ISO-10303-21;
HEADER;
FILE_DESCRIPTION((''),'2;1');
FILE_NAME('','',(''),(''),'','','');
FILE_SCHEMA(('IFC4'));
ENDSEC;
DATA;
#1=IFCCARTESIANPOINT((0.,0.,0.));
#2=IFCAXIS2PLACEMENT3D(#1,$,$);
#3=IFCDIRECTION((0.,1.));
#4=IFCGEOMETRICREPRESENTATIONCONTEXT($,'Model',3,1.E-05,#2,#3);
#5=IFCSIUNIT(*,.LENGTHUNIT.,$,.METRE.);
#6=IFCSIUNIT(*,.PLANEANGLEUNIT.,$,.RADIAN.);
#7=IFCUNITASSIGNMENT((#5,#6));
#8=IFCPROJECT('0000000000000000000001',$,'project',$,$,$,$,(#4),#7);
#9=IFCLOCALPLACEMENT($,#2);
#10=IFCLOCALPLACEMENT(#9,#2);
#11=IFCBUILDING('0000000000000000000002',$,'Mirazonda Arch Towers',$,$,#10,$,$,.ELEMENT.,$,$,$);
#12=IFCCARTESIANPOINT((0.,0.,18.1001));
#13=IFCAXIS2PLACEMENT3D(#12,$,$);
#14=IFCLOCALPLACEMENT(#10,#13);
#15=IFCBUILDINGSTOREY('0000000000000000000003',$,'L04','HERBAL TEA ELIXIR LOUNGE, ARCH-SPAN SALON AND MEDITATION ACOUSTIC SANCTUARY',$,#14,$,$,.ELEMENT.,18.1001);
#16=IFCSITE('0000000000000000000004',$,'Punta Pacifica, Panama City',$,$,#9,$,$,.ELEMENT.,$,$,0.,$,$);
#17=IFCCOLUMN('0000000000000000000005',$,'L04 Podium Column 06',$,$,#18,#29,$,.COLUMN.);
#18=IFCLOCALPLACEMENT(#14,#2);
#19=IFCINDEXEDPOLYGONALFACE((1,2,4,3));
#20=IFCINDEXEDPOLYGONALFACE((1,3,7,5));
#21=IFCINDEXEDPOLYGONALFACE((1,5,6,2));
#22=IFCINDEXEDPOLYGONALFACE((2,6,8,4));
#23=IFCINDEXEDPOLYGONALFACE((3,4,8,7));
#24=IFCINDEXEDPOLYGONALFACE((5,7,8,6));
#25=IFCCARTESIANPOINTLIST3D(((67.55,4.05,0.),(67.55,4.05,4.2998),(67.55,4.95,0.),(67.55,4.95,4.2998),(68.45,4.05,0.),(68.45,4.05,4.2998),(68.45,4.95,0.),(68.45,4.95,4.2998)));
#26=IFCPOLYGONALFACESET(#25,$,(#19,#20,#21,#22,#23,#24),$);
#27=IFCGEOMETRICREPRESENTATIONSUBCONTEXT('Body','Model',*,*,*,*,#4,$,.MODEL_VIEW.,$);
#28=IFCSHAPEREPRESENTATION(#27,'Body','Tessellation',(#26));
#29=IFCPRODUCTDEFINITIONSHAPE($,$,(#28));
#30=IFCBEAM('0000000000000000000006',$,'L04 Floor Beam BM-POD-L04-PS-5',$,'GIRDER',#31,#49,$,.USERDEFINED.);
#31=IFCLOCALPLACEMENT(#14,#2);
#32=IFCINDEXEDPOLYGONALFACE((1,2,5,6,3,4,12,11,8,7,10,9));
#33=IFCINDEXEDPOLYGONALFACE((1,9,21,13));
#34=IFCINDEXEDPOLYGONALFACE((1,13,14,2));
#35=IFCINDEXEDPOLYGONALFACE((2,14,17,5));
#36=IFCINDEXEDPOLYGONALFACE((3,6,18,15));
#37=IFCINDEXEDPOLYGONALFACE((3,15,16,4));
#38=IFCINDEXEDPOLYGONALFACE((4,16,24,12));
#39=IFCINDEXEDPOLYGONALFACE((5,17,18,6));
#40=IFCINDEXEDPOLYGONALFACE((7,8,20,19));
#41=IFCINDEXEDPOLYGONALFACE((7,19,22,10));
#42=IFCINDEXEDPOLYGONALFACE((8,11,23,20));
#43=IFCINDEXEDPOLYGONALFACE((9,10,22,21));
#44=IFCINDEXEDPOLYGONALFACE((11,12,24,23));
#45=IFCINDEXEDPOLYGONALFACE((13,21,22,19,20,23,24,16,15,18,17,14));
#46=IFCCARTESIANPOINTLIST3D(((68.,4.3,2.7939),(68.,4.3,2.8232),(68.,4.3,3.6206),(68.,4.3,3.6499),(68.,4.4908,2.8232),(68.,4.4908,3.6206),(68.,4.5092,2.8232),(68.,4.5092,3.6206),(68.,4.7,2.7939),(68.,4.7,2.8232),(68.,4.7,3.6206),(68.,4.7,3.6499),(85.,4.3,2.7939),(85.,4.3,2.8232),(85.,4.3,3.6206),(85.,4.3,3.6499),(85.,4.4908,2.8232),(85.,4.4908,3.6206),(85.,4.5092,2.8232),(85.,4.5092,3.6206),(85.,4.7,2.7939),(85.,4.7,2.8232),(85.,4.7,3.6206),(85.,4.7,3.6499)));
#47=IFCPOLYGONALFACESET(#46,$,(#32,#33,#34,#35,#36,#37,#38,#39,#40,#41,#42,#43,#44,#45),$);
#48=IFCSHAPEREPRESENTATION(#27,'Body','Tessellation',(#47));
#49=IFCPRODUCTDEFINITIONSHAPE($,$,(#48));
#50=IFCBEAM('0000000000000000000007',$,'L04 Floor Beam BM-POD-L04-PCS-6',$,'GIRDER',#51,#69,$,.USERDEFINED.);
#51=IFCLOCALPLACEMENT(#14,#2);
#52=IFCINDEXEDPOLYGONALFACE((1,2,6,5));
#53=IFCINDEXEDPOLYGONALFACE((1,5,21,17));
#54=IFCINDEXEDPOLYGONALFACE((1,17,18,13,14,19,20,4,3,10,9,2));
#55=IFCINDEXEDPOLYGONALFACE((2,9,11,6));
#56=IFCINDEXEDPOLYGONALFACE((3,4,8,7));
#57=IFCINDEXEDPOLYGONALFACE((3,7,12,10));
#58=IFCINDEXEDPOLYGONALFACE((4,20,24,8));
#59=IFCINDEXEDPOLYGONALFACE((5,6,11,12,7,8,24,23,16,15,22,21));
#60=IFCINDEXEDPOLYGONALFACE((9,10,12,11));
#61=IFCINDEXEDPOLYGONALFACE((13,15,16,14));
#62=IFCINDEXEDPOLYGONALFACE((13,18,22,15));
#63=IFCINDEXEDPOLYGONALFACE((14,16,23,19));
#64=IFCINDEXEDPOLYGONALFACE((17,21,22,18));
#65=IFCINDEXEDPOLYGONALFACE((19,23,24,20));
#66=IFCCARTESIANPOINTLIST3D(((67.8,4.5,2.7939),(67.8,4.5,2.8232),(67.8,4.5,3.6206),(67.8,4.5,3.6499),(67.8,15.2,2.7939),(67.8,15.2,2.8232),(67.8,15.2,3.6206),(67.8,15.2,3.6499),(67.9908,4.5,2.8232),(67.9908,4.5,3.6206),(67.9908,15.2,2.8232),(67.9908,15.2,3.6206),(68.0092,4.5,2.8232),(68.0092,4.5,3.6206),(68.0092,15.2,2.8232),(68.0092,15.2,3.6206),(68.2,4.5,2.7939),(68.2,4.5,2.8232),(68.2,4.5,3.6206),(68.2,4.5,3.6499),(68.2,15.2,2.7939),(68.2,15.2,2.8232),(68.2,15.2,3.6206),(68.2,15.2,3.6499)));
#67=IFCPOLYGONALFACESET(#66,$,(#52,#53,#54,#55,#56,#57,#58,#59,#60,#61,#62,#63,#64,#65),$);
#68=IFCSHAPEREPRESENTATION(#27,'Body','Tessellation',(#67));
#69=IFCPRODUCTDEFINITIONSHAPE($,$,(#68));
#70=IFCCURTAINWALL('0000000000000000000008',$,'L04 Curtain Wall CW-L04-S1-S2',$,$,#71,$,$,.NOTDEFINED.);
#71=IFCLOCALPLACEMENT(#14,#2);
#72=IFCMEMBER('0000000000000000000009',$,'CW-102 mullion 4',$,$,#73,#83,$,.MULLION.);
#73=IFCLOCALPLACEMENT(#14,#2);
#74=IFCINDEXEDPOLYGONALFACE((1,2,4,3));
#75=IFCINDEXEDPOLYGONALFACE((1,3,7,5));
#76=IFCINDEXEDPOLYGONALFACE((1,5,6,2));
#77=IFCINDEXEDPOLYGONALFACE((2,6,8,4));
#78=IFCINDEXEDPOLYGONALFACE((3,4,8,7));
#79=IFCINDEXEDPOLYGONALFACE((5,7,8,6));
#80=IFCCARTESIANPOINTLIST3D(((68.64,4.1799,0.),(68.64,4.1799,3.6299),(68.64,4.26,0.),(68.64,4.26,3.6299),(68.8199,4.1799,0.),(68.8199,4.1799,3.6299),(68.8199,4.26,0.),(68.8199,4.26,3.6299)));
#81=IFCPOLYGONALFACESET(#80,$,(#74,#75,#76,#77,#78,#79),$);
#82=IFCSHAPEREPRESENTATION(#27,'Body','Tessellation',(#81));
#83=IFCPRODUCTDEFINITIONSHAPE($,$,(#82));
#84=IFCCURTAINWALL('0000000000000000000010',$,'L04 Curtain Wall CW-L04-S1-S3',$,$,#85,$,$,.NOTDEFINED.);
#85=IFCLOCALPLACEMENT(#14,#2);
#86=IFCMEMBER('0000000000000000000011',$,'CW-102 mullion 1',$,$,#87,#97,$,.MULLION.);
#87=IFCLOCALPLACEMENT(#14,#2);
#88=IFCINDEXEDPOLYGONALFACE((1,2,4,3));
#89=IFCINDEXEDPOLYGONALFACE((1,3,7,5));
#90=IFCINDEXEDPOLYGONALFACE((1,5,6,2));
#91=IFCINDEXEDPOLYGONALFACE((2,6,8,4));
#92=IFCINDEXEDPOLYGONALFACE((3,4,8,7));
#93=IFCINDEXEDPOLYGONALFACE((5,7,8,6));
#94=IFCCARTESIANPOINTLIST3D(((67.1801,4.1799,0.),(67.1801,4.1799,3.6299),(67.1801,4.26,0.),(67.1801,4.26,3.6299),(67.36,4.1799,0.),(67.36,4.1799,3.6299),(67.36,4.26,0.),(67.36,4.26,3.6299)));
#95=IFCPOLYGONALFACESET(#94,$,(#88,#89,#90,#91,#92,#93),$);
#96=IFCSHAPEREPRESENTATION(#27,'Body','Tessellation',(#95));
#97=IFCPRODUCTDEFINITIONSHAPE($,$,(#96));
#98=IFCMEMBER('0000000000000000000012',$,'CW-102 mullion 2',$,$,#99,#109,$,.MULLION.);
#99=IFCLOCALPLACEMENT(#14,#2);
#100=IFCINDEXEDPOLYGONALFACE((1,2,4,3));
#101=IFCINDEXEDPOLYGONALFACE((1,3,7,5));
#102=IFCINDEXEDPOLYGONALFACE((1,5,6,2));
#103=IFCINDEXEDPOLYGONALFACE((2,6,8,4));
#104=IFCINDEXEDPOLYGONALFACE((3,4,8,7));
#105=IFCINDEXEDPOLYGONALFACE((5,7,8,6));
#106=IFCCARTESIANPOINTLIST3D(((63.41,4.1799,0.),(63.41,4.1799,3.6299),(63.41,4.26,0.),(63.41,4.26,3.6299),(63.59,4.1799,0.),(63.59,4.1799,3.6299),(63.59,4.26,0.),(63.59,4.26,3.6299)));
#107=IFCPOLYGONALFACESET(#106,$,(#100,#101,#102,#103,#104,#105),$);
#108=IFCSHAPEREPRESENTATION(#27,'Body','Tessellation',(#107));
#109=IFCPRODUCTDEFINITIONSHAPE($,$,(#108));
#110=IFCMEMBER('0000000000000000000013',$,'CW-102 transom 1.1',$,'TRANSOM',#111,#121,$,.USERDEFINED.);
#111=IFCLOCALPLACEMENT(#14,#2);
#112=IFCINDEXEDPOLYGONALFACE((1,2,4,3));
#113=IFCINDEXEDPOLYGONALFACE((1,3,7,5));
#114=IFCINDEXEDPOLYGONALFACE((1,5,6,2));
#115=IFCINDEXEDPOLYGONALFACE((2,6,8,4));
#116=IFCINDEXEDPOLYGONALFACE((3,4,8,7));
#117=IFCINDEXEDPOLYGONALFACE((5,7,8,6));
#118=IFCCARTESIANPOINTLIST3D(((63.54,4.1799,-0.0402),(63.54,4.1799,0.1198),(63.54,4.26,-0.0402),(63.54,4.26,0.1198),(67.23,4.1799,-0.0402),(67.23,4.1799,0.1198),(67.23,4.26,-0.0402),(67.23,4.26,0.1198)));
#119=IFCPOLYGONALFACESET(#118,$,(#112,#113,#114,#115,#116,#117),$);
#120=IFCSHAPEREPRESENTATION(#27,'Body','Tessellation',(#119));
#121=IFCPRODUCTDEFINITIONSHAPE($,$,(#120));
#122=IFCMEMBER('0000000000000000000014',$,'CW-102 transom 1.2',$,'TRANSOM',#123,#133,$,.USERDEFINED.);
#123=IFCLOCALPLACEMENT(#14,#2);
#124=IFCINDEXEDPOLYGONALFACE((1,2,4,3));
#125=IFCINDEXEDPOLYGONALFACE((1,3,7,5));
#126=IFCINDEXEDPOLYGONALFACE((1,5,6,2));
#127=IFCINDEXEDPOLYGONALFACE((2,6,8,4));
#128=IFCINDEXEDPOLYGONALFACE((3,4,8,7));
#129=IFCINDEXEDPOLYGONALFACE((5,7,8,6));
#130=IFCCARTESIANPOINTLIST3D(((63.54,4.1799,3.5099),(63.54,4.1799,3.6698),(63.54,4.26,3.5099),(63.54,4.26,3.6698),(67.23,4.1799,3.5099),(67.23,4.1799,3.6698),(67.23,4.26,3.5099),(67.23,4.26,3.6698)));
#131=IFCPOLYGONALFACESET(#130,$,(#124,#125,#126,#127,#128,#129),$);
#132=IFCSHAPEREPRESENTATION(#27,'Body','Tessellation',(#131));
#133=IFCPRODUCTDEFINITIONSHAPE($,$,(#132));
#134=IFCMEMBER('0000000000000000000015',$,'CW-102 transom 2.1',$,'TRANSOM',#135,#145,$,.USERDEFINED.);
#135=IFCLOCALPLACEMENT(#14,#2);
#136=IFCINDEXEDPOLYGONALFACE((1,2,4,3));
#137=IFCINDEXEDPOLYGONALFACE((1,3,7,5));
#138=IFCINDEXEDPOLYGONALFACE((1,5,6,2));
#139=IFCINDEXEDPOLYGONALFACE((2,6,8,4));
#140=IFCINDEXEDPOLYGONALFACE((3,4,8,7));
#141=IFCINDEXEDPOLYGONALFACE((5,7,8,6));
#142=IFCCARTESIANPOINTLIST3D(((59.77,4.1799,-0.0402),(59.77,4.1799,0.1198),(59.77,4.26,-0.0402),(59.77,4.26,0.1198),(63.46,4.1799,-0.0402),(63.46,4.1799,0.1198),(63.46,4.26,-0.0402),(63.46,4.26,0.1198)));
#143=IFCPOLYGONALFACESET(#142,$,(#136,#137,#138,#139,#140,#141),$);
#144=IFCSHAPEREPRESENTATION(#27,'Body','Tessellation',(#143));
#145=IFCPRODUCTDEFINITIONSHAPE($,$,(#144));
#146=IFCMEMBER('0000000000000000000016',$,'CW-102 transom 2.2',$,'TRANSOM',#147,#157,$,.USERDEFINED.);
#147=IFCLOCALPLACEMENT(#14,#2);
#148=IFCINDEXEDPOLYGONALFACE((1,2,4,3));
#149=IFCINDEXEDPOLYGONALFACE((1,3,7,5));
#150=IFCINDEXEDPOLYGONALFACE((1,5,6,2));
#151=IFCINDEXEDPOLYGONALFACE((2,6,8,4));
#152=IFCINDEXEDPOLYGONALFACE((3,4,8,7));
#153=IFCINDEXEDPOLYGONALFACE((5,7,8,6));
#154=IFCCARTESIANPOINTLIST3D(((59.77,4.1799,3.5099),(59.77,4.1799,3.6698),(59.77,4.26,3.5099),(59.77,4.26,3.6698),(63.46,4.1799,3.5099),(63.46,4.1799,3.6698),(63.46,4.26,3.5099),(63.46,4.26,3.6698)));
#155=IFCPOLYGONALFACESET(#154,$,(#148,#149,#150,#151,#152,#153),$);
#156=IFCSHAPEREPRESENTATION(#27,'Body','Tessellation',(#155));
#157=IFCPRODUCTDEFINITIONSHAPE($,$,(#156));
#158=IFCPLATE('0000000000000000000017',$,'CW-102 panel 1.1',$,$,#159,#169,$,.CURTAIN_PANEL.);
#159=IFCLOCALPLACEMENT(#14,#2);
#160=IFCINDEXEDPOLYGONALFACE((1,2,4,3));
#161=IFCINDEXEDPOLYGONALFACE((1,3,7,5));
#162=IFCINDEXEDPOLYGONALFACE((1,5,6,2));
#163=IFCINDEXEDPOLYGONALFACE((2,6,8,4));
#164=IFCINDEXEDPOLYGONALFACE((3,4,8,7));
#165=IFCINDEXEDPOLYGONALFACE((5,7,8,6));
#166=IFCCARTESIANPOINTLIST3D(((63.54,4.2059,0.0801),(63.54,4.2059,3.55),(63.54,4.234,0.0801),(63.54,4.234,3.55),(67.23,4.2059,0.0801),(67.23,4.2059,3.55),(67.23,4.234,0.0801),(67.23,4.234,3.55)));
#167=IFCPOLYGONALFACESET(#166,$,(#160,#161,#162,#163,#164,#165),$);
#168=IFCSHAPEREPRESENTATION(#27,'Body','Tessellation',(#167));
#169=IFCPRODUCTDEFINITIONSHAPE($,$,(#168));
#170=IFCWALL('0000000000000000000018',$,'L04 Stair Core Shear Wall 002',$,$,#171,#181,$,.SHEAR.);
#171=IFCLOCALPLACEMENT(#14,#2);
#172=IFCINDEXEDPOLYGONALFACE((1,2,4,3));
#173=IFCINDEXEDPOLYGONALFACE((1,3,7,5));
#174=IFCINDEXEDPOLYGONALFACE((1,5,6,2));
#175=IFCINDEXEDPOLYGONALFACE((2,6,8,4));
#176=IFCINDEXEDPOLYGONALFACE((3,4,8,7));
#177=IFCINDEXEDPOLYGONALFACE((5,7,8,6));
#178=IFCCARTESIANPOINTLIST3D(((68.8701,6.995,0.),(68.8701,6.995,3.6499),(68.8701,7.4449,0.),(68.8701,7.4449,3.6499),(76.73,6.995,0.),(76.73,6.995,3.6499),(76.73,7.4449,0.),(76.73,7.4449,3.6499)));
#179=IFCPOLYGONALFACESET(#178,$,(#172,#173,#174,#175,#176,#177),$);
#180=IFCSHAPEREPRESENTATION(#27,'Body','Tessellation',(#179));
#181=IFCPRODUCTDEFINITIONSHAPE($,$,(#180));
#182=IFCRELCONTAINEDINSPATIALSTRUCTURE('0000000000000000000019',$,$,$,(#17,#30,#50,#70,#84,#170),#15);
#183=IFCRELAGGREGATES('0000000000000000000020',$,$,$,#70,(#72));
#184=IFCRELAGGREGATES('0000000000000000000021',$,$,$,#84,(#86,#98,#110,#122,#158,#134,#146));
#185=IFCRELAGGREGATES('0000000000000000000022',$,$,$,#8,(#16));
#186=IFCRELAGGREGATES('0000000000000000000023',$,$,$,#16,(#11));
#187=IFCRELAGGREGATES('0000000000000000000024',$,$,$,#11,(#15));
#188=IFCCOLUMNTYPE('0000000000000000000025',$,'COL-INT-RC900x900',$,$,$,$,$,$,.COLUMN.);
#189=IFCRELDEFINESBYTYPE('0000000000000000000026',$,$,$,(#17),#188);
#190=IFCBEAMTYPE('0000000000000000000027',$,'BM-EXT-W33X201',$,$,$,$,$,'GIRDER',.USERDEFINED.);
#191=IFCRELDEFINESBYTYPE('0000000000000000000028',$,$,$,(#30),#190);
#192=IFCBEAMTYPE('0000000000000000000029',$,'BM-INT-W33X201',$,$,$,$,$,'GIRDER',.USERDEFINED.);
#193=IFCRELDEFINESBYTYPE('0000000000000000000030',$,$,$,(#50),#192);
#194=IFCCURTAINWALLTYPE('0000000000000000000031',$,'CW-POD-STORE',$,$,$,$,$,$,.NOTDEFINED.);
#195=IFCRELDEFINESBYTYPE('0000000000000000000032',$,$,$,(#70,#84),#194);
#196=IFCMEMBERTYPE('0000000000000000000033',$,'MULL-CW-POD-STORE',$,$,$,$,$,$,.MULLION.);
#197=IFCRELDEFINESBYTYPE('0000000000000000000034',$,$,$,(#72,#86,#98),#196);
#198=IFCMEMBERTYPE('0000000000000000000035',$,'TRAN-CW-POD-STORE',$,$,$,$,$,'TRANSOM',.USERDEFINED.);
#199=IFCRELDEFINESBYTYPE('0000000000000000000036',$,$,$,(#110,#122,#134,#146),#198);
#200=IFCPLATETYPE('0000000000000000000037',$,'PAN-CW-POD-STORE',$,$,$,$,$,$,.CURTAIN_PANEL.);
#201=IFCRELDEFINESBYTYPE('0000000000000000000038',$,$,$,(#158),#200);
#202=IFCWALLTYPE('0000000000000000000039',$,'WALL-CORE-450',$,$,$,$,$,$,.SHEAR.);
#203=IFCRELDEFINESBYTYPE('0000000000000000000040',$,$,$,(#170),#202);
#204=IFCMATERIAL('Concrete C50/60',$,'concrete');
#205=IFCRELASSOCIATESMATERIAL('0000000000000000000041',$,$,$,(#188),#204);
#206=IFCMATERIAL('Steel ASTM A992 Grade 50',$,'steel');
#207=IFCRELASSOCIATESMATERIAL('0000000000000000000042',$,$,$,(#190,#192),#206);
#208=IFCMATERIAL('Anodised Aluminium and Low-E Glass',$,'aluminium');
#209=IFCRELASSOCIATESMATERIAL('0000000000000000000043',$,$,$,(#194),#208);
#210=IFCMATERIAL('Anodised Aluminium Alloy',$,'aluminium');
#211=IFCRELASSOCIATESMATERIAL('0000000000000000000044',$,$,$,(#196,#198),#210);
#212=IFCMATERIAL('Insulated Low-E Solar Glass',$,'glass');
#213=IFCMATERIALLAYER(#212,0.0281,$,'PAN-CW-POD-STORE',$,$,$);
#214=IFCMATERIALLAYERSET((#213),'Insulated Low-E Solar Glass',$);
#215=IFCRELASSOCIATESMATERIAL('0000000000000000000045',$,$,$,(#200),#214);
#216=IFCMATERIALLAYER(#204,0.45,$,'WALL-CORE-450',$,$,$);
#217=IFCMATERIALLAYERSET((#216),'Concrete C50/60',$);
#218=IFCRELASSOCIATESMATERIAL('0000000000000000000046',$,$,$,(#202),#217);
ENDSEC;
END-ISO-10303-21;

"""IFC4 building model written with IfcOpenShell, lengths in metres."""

from ifc_helpers import new_model, si_unit, direction, frame, frame_2d, origin, origin_2d, place, context, subcontext, project, spatial, rectangle, i_section, extrude, material, layer, layer_set, material_profile, profile_set, type_object, element, aggregate, save


model = new_model("IFC4")

# Units and contexts
model_context = context("Model", 3, precision=1e-05, world=origin(), true_north=direction((0.0, 1.0)))
body_context = subcontext(model_context, "Body", "Model", "MODEL_VIEW")
ifc_project = project(units=[si_unit("LENGTHUNIT", "METRE"), si_unit("PLANEANGLEUNIT", "RADIAN")], contexts=[model_context])

# Site, building, storey
site_placement = place(None, origin())
site = spatial("IfcSite", under=ifc_project, at=site_placement, Name="Punta Pacifica, Panama City", CompositionType="ELEMENT", RefElevation=0.0)
building_placement = place(site_placement, origin())
building = spatial("IfcBuilding", under=site, at=building_placement, Name="Mirazonda Arch Towers", CompositionType="ELEMENT")
storey_placement = place(building_placement, frame((0.0, 0.0, 18.1001)))
storey = spatial("IfcBuildingStorey", under=building, at=storey_placement, Name="L04", Description="HERBAL TEA ELIXIR LOUNGE, ARCH-SPAN SALON AND MEDITATION ACOUSTIC SANCTUARY", CompositionType="ELEMENT", Elevation=18.1001)

# Column
ifc_material_1 = material(Name="Concrete C50/60", Category="concrete")
ifc_material_profile_1 = material_profile(ifc_material_1, rectangle(XDim=0.8999, YDim=0.8999, at=origin_2d()), Name="RC900x900")
ifc_profile_set_1 = profile_set([ifc_material_profile_1], Name="Concrete C50/60")
column_type = type_object("IfcColumnType", Name="COL-INT-RC900x900", PredefinedType="COLUMN", material=ifc_profile_set_1)
column_placement = place(storey_placement, frame((68.0, 4.5, 0.0), z_axis=(0.0, 0.0, 1.0), x_axis=(1.0, 0.0, 0.0)))
element("IfcColumn", 1, at=column_placement, inside=storey, type_object=column_type, Name="L04 Podium Column 06", PredefinedType="COLUMN", context=body_context, shape_type="SweptSolid", body=[
    extrude(rectangle(XDim=0.8999, YDim=0.8999, at=origin_2d()), origin(), (0.0, 0.0, 1.0), 4.2998),
])

# Beams
ifc_material_2 = material(Name="Steel ASTM A992 Grade 50", Category="steel")
ifc_material_profile_2 = material_profile(ifc_material_2, i_section(OverallWidth=0.3999, OverallDepth=0.856, WebThickness=0.0183, FlangeThickness=0.0293, at=origin_2d()), Name="W33X201")
ifc_profile_set_2 = profile_set([ifc_material_profile_2], Name="Steel ASTM A992 Grade 50")
beam_type_1 = type_object("IfcBeamType", Name="BM-EXT-W33X201", ElementType="GIRDER", PredefinedType="USERDEFINED", material=ifc_profile_set_2)
beam_1_placement = place(storey_placement, frame((68.0, 4.5, 3.2219), z_axis=(1.0, 0.0, 0.0), x_axis=(0.0, 1.0, 0.0)))
element("IfcBeam", 2, at=beam_1_placement, inside=storey, type_object=beam_type_1, Name="L04 Floor Beam BM-POD-L04-PS-5", ObjectType="GIRDER", PredefinedType="USERDEFINED", context=body_context, shape_type="SweptSolid", body=[
    extrude(i_section(OverallWidth=0.3999, OverallDepth=0.856, WebThickness=0.0183, FlangeThickness=0.0293, at=origin_2d()), origin(), (0.0, 0.0, 1.0), 17.0),
])
ifc_material_profile_3 = material_profile(ifc_material_2, i_section(OverallWidth=0.3999, OverallDepth=0.856, WebThickness=0.0183, FlangeThickness=0.0293, at=origin_2d()), Name="W33X201")
ifc_profile_set_3 = profile_set([ifc_material_profile_3], Name="Steel ASTM A992 Grade 50")
beam_type_2 = type_object("IfcBeamType", Name="BM-INT-W33X201", ElementType="GIRDER", PredefinedType="USERDEFINED", material=ifc_profile_set_3)
beam_2_placement = place(storey_placement, frame((68.0, 4.5, 3.2219), z_axis=(0.0, 1.0, 0.0), x_axis=(-1.0, 0.0, 0.0)))
element("IfcBeam", 3, at=beam_2_placement, inside=storey, type_object=beam_type_2, Name="L04 Floor Beam BM-POD-L04-PCS-6", ObjectType="GIRDER", PredefinedType="USERDEFINED", context=body_context, shape_type="SweptSolid", body=[
    extrude(i_section(OverallWidth=0.3999, OverallDepth=0.856, WebThickness=0.0183, FlangeThickness=0.0293, at=origin_2d()), origin(), (0.0, 0.0, 1.0), 10.7),
])

# Curtain wall, member
ifc_material_3 = material(Name="Anodised Aluminium and Low-E Glass", Category="aluminium")
curtain_wall_type = type_object("IfcCurtainWallType", Name="CW-POD-STORE", PredefinedType="NOTDEFINED", material=ifc_material_3)
curtain_wall_1_placement = place(storey_placement, origin())
curtain_wall_1 = element("IfcCurtainWall", 4, at=curtain_wall_1_placement, inside=storey, type_object=curtain_wall_type, Name="L04 Curtain Wall CW-L04-S1-S2", PredefinedType="NOTDEFINED")
ifc_material_4 = material(Name="Anodised Aluminium Alloy", Category="aluminium")
ifc_material_profile_4 = material_profile(ifc_material_4, rectangle(XDim=0.0801, YDim=0.1799, at=origin_2d()), Name="ALU-MULL-80x180")
ifc_profile_set_4 = profile_set([ifc_material_profile_4], Name="Anodised Aluminium Alloy")
member_type_1 = type_object("IfcMemberType", Name="MULL-CW-POD-STORE", PredefinedType="MULLION", material=ifc_profile_set_4)
member_1_placement = place(storey_placement, frame((68.73, 4.22, 0.0), z_axis=(0.0, 0.0, 1.0), x_axis=(0.0, -1.0, 0.0)))
member_1 = element("IfcMember", 5, at=member_1_placement, type_object=member_type_1, Name="CW-102 mullion 4", PredefinedType="MULLION", context=body_context, shape_type="SweptSolid", body=[
    extrude(rectangle(XDim=0.0801, YDim=0.1799, at=origin_2d()), origin(), (0.0, 0.0, 1.0), 3.6299),
])
aggregate(curtain_wall_1, [member_1])

# Curtain wall, members, plate
curtain_wall_2_placement = place(storey_placement, origin())
curtain_wall_2 = element("IfcCurtainWall", 6, at=curtain_wall_2_placement, inside=storey, type_object=curtain_wall_type, Name="L04 Curtain Wall CW-L04-S1-S3", PredefinedType="NOTDEFINED")
member_2_placement = place(storey_placement, frame((67.27, 4.22, 0.0), z_axis=(0.0, 0.0, 1.0), x_axis=(0.0, -1.0, 0.0)))
member_2 = element("IfcMember", 7, at=member_2_placement, type_object=member_type_1, Name="CW-102 mullion 1", PredefinedType="MULLION", context=body_context, shape_type="SweptSolid", body=[
    extrude(rectangle(XDim=0.0801, YDim=0.1799, at=origin_2d()), origin(), (0.0, 0.0, 1.0), 3.6299),
])
member_3_placement = place(storey_placement, frame((63.5, 4.22, 0.0), z_axis=(0.0, 0.0, 1.0), x_axis=(0.0, -1.0, 0.0)))
member_3 = element("IfcMember", 8, at=member_3_placement, type_object=member_type_1, Name="CW-102 mullion 2", PredefinedType="MULLION", context=body_context, shape_type="SweptSolid", body=[
    extrude(rectangle(XDim=0.0801, YDim=0.1799, at=origin_2d()), origin(), (0.0, 0.0, 1.0), 3.6299),
])
ifc_material_profile_5 = material_profile(ifc_material_4, rectangle(XDim=0.0801, YDim=0.1599, at=origin_2d()), Name="ALU-TRAN-80x160")
ifc_profile_set_5 = profile_set([ifc_material_profile_5], Name="Anodised Aluminium Alloy")
member_type_2 = type_object("IfcMemberType", Name="TRAN-CW-POD-STORE", ElementType="TRANSOM", PredefinedType="USERDEFINED", material=ifc_profile_set_5)
member_4_placement = place(storey_placement, frame((67.23, 4.22, 0.0398), z_axis=(-1.0, 0.0, 0.0), x_axis=(0.0, -1.0, 0.0)))
member_4 = element("IfcMember", 9, at=member_4_placement, type_object=member_type_2, Name="CW-102 transom 1.1", ObjectType="TRANSOM", PredefinedType="USERDEFINED", context=body_context, shape_type="SweptSolid", body=[
    extrude(rectangle(XDim=0.0801, YDim=0.1599, at=origin_2d()), origin(), (0.0, 0.0, 1.0), 3.6899),
])
member_5_placement = place(storey_placement, frame((67.23, 4.22, 3.5898), z_axis=(-1.0, 0.0, 0.0), x_axis=(0.0, -1.0, 0.0)))
member_5 = element("IfcMember", 10, at=member_5_placement, type_object=member_type_2, Name="CW-102 transom 1.2", ObjectType="TRANSOM", PredefinedType="USERDEFINED", context=body_context, shape_type="SweptSolid", body=[
    extrude(rectangle(XDim=0.0801, YDim=0.1599, at=origin_2d()), origin(), (0.0, 0.0, 1.0), 3.6899),
])
member_6_placement = place(storey_placement, frame((63.46, 4.22, 0.0398), z_axis=(-1.0, 0.0, 0.0), x_axis=(0.0, -1.0, 0.0)))
member_6 = element("IfcMember", 11, at=member_6_placement, type_object=member_type_2, Name="CW-102 transom 2.1", ObjectType="TRANSOM", PredefinedType="USERDEFINED", context=body_context, shape_type="SweptSolid", body=[
    extrude(rectangle(XDim=0.0801, YDim=0.1599, at=origin_2d()), origin(), (0.0, 0.0, 1.0), 3.6899),
])
member_7_placement = place(storey_placement, frame((63.46, 4.22, 3.5898), z_axis=(-1.0, 0.0, 0.0), x_axis=(0.0, -1.0, 0.0)))
member_7 = element("IfcMember", 12, at=member_7_placement, type_object=member_type_2, Name="CW-102 transom 2.2", ObjectType="TRANSOM", PredefinedType="USERDEFINED", context=body_context, shape_type="SweptSolid", body=[
    extrude(rectangle(XDim=0.0801, YDim=0.1599, at=origin_2d()), origin(), (0.0, 0.0, 1.0), 3.6899),
])
ifc_material_5 = material(Name="Insulated Low-E Solar Glass", Category="glass")
ifc_layer_1 = layer(ifc_material_5, 0.0281, Name="PAN-CW-POD-STORE")
ifc_layer_set_1 = layer_set([ifc_layer_1], Name="Insulated Low-E Solar Glass")
plate_type = type_object("IfcPlateType", Name="PAN-CW-POD-STORE", PredefinedType="CURTAIN_PANEL", material=ifc_layer_set_1)
plate_placement = place(storey_placement, frame((65.385, 4.22, 0.0801), z_axis=(0.0, 0.0, 1.0), x_axis=(-1.0, 0.0, 0.0)))
plate = element("IfcPlate", 13, at=plate_placement, type_object=plate_type, Name="CW-102 panel 1.1", PredefinedType="CURTAIN_PANEL", context=body_context, shape_type="SweptSolid", body=[
    extrude(rectangle(XDim=3.6899, YDim=0.0281, at=origin_2d()), origin(), (0.0, 0.0, 1.0), 3.47),
])
aggregate(curtain_wall_2, [member_2, member_3, member_4, member_5, plate, member_6, member_7])

# Wall
ifc_layer_2 = layer(ifc_material_1, 0.45, Name="WALL-CORE-450")
ifc_layer_set_2 = layer_set([ifc_layer_2], Name="Concrete C50/60")
wall_type_1 = type_object("IfcWallType", Name="WALL-CORE-450", PredefinedType="SHEAR", material=ifc_layer_set_2)
wall_1_placement = place(storey_placement, frame((68.8701, 7.22, 0.0), z_axis=(0.0, 0.0, 1.0), x_axis=(1.0, 0.0, 0.0)))
element("IfcWall", 14, at=wall_1_placement, inside=storey, type_object=wall_type_1, Name="L04 Stair Core Shear Wall 002", PredefinedType="SHEAR", context=body_context, shape_type="SweptSolid", body=[
    extrude(rectangle(XDim=7.8599, YDim=0.45, at=frame_2d((3.9299, 0.0))), origin(), (0.0, 0.0, 1.0), 3.6499),
])

save(model, "model.ifc")
